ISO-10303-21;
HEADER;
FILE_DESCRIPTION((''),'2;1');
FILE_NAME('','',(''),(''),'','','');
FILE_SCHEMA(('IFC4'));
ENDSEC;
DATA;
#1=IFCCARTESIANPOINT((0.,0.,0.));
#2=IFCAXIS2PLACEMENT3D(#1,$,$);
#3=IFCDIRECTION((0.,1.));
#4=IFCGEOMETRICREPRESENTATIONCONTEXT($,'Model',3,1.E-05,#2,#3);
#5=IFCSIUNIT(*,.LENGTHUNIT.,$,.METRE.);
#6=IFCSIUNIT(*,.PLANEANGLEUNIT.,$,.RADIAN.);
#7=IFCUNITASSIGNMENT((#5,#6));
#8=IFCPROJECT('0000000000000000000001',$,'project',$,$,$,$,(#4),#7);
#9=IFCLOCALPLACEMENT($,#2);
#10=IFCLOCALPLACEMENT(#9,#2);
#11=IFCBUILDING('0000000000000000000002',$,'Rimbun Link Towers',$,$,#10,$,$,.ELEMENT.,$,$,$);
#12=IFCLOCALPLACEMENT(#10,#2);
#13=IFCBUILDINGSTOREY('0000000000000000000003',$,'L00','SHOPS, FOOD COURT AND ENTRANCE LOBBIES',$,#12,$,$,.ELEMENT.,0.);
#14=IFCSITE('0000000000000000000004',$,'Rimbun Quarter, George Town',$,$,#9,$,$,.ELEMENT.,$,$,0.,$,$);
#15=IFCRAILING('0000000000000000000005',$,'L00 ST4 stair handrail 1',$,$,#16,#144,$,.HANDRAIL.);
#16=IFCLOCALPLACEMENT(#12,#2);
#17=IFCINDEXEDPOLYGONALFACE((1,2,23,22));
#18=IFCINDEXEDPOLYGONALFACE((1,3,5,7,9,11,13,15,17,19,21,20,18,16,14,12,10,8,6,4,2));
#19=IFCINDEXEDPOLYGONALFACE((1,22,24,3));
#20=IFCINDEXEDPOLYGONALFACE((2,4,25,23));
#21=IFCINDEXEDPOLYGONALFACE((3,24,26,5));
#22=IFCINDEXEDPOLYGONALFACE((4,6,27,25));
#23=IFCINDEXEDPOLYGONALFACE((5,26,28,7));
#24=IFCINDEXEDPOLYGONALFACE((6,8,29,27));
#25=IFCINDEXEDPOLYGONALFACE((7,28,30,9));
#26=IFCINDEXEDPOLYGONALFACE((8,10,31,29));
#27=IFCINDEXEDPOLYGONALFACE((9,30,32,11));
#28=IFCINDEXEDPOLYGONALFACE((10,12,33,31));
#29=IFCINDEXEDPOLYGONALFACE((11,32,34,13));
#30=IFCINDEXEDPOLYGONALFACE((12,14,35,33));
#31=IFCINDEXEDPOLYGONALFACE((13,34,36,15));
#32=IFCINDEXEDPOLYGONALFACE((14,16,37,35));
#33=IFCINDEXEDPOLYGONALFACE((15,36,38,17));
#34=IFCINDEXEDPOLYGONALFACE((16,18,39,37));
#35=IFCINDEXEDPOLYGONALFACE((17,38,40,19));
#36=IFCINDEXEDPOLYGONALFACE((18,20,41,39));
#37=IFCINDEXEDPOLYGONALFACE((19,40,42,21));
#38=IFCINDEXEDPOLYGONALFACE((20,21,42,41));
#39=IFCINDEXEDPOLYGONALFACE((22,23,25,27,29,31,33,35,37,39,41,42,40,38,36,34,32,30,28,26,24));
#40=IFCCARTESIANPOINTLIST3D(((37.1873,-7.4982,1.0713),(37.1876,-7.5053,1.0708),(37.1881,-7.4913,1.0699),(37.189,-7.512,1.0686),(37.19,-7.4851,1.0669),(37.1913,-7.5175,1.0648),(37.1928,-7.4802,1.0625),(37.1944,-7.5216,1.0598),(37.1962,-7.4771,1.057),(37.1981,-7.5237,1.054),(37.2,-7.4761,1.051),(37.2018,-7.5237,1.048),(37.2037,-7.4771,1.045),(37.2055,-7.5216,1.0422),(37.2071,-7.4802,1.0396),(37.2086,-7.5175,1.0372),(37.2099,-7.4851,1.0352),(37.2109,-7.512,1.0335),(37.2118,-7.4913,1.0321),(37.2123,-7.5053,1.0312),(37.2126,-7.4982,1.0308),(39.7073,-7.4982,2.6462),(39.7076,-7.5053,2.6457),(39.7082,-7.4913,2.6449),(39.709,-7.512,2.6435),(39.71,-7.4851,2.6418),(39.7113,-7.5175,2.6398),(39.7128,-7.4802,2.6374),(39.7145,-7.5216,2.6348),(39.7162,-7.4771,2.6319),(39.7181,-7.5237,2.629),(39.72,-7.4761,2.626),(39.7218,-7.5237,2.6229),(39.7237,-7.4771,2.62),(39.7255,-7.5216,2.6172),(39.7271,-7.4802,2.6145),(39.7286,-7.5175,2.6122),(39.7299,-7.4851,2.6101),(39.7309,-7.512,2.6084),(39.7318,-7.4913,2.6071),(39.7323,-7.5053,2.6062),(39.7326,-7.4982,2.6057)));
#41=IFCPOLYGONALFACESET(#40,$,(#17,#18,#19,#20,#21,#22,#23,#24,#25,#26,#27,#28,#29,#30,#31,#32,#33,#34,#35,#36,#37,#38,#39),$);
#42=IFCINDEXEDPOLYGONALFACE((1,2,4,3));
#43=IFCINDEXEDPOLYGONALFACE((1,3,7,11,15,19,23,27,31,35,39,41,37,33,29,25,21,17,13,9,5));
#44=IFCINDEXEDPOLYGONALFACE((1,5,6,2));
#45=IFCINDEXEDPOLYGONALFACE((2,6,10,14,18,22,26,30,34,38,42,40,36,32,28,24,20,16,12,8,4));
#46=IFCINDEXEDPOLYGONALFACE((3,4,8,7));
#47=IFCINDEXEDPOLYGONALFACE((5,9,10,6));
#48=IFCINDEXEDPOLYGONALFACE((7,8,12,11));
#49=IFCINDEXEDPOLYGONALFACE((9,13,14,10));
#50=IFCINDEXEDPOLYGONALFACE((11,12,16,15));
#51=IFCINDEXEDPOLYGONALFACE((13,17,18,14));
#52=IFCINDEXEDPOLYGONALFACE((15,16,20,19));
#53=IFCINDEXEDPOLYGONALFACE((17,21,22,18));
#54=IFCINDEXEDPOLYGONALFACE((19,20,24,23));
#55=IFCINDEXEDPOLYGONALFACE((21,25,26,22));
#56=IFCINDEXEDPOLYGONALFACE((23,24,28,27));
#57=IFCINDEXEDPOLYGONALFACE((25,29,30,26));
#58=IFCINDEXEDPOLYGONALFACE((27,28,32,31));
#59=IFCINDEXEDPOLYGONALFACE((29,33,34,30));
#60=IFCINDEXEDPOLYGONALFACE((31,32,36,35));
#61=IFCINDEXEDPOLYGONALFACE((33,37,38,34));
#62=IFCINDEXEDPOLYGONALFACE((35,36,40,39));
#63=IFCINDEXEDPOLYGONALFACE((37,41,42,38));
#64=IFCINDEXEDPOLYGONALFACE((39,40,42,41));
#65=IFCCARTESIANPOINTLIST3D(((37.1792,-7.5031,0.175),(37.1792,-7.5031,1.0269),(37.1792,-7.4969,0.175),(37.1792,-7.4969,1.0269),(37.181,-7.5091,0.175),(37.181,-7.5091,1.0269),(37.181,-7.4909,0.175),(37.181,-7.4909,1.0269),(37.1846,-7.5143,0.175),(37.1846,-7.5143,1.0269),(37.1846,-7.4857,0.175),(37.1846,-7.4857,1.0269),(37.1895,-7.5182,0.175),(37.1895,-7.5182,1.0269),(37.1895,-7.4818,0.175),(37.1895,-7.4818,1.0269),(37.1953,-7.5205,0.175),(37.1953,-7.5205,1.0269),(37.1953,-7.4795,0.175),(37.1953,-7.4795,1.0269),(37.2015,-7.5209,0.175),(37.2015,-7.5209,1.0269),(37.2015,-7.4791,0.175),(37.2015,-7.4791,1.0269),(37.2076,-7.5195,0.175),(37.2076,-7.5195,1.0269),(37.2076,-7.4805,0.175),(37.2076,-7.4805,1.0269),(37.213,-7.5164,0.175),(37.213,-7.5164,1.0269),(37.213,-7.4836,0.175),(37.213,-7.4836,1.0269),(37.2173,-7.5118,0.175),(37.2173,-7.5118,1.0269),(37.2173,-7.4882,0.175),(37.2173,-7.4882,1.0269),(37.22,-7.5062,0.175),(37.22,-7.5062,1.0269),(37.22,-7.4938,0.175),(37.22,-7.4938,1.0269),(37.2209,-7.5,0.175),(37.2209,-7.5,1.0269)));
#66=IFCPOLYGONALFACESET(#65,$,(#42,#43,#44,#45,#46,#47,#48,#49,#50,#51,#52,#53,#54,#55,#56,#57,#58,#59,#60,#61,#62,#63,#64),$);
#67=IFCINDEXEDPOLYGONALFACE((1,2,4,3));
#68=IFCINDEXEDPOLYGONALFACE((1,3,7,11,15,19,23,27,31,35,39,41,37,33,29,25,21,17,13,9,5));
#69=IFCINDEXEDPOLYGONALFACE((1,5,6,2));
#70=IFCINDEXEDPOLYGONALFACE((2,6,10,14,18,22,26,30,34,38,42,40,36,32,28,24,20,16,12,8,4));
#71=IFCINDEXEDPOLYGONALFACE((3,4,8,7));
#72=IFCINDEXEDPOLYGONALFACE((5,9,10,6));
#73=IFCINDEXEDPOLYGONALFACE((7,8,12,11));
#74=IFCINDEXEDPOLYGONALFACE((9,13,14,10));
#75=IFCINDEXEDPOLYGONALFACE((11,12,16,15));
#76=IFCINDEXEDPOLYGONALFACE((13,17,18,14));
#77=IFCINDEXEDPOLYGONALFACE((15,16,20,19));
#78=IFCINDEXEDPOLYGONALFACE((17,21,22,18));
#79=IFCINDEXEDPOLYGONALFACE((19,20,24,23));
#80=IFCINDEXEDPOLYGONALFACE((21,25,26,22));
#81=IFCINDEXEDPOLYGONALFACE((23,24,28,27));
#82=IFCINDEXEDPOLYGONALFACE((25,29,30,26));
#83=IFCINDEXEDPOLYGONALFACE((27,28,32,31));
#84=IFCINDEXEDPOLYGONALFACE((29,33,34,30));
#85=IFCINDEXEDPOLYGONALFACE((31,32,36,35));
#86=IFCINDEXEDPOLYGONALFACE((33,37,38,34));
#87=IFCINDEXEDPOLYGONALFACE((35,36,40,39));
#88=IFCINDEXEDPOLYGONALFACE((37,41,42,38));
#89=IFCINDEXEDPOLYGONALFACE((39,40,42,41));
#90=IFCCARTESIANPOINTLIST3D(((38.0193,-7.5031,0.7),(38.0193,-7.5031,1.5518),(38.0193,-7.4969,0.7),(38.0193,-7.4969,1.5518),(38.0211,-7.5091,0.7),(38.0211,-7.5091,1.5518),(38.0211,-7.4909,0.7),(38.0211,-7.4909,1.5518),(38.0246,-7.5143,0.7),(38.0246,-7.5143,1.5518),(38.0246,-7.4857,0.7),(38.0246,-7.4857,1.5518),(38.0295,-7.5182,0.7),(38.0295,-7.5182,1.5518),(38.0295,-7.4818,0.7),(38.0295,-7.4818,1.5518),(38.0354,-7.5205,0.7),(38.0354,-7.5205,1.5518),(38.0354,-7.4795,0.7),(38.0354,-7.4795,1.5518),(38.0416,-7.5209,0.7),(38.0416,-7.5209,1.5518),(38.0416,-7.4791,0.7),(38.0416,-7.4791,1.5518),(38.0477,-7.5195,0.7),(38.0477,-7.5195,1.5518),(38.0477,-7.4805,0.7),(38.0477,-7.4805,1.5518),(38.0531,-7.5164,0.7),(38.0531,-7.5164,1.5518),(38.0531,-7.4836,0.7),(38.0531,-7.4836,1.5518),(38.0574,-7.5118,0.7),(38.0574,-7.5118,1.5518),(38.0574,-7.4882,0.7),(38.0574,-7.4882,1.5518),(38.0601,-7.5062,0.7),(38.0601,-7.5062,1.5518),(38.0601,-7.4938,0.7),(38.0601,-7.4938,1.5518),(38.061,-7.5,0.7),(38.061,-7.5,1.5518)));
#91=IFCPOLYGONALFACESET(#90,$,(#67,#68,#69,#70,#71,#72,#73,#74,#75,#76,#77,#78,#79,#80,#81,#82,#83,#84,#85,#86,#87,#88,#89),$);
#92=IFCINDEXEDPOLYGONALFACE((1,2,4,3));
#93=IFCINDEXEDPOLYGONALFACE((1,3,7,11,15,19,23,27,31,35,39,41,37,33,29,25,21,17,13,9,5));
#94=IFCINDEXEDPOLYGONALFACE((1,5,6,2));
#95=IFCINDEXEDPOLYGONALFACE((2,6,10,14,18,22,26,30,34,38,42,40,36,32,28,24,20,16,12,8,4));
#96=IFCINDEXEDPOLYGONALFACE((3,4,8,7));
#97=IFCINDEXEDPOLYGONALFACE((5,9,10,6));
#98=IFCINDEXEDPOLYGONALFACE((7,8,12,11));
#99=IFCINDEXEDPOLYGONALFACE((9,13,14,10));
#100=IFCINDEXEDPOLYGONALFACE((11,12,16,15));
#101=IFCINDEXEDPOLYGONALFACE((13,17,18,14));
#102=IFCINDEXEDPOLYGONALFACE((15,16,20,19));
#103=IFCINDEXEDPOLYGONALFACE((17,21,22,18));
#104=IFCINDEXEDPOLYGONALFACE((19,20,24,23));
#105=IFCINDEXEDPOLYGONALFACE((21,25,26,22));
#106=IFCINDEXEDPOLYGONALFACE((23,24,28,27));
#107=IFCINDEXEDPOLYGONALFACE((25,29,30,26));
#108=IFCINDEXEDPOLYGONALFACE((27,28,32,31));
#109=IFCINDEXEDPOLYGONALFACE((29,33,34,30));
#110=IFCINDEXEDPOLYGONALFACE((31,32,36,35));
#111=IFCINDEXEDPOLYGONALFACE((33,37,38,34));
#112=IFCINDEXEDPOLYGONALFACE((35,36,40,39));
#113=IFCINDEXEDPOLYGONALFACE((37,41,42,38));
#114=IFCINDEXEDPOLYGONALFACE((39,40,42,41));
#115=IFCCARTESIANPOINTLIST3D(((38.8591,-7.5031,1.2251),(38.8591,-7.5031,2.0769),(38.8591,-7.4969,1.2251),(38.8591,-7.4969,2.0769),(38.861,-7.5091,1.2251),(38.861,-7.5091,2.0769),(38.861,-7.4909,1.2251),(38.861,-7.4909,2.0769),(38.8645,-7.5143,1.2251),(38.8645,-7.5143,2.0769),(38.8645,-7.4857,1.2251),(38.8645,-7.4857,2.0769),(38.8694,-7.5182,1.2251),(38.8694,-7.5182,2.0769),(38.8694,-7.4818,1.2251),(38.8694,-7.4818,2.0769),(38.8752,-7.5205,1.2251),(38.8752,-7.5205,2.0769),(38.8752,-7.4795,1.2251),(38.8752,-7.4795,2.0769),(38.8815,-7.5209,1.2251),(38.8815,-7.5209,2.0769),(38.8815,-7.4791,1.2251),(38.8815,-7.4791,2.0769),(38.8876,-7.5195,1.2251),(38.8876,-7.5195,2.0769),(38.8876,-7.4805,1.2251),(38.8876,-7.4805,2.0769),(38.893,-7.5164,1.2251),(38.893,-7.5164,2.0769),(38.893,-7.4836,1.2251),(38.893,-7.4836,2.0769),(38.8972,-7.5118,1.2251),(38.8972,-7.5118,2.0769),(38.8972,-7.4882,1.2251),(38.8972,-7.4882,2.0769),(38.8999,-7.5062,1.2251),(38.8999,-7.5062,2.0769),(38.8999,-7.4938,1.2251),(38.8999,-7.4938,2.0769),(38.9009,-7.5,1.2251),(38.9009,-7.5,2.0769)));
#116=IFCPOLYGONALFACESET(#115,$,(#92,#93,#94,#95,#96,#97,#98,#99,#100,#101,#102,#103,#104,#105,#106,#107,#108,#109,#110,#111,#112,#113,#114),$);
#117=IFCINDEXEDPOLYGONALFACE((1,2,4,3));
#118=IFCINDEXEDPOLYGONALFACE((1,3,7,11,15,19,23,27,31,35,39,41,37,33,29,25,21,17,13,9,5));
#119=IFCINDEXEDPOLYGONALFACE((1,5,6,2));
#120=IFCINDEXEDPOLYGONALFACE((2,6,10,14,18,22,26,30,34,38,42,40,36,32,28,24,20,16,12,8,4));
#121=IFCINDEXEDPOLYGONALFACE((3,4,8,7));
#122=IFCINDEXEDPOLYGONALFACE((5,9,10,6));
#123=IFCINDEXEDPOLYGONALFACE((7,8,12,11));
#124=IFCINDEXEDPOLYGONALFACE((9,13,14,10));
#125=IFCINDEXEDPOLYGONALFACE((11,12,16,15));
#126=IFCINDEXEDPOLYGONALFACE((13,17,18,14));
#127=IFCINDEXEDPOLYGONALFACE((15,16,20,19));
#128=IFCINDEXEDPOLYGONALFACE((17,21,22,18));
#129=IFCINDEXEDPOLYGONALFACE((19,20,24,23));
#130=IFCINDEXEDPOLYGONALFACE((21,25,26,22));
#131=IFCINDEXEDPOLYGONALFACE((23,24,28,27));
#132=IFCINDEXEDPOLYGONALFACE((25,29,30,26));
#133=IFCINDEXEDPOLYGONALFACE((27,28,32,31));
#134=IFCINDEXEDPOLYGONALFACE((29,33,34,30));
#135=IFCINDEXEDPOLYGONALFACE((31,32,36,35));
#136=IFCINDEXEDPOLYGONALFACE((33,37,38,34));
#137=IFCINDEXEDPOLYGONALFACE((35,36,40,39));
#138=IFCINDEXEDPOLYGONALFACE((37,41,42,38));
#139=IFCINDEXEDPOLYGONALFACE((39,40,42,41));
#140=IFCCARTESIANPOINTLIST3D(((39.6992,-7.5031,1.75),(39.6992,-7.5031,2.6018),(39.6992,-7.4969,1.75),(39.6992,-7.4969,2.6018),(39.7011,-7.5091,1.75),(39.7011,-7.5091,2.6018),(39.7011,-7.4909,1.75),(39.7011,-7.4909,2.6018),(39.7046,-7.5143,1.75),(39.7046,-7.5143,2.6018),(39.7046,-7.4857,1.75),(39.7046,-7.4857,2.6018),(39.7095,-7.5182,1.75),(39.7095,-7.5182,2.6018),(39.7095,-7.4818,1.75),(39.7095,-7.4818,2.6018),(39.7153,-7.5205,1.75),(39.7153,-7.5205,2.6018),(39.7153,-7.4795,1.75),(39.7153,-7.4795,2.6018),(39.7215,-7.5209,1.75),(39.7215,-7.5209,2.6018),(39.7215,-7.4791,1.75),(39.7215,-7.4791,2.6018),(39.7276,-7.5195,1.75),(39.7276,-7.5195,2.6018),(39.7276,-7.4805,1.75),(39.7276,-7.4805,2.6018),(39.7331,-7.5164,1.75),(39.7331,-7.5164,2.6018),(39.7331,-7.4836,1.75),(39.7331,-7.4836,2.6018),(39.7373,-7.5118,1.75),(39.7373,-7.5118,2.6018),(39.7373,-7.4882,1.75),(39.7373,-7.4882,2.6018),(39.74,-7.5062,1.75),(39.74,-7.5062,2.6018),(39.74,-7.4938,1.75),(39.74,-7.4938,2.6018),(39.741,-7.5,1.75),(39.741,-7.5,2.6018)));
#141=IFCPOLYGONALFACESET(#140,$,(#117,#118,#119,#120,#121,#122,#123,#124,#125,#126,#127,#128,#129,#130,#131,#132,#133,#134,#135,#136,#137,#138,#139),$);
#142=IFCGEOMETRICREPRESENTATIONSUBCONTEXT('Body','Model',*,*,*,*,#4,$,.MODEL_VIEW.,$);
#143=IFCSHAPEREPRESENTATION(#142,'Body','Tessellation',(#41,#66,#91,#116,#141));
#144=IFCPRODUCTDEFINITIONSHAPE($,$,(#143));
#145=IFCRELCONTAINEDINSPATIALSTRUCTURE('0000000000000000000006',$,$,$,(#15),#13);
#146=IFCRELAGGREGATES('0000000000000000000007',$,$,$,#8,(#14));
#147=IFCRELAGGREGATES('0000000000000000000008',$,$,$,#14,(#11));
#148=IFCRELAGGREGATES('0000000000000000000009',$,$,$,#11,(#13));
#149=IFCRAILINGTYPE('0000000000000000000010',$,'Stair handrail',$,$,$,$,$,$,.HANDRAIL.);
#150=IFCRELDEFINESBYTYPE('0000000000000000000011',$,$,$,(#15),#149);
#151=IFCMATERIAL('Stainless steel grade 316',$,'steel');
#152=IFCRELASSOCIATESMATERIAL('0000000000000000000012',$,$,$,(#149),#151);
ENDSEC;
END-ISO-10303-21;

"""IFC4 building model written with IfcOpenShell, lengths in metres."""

from ifc_helpers import new_model, si_unit, direction, frame, origin, origin_2d, place, context, subcontext, project, spatial, circle, extrude, material, type_object, element, save


model = new_model("IFC4")

# Units and contexts
model_context = context("Model", 3, precision=1e-05, world=origin(), true_north=direction((0.0, 1.0)))
body_context = subcontext(model_context, "Body", "Model", "MODEL_VIEW")
ifc_project = project(units=[si_unit("LENGTHUNIT", "METRE"), si_unit("PLANEANGLEUNIT", "RADIAN")], contexts=[model_context])

# Site, building, storey
site_placement = place(None, origin())
site = spatial("IfcSite", under=ifc_project, at=site_placement, Name="Rimbun Quarter, George Town", CompositionType="ELEMENT", RefElevation=0.0)
building_placement = place(site_placement, origin())
building = spatial("IfcBuilding", under=site, at=building_placement, Name="Rimbun Link Towers", CompositionType="ELEMENT")
storey_placement = place(building_placement, origin())
storey = spatial("IfcBuildingStorey", under=building, at=storey_placement, Name="L00", Description="SHOPS, FOOD COURT AND ENTRANCE LOBBIES", CompositionType="ELEMENT", Elevation=0.0)

# Railing
ifc_material_1 = material(Name="Stainless steel grade 316", Category="steel")
railing_type_1 = type_object("IfcRailingType", Name="Stair handrail", PredefinedType="HANDRAIL", material=ifc_material_1)
for number, where, name in (
    (1, (37.2, -7.5, 0.175), "L00 ST4 stair handrail 1"),
):
    element("IfcRailing", number, at=place(storey_placement, frame(where)), inside=storey, type_object=railing_type_1, Name=name, PredefinedType="HANDRAIL", context=body_context, shape_type="SweptSolid", body=[
        extrude(circle(Radius=0.0239, at=origin_2d()), frame((0.0, 0.0, 0.876), z_axis=(0.848008, 0.0, 0.529984), x_axis=(0.0, 1.0, 0.0)), (0.0, 0.0, 1.0), 2.9717),
        extrude(circle(Radius=0.021, at=origin_2d()), origin(), (0.0, 0.0, 1.0), 0.8518),
        extrude(circle(Radius=0.021, at=origin_2d()), frame((0.8401, 0.0, 0.5249)), (0.0, 0.0, 1.0), 0.8518),
        extrude(circle(Radius=0.021, at=origin_2d()), frame((1.6799, 0.0, 1.05)), (0.0, 0.0, 1.0), 0.8518),
        extrude(circle(Radius=0.021, at=origin_2d()), frame((2.52, 0.0, 1.575)), (0.0, 0.0, 1.0), 0.8518),
    ])

save(model, "model.ifc")
